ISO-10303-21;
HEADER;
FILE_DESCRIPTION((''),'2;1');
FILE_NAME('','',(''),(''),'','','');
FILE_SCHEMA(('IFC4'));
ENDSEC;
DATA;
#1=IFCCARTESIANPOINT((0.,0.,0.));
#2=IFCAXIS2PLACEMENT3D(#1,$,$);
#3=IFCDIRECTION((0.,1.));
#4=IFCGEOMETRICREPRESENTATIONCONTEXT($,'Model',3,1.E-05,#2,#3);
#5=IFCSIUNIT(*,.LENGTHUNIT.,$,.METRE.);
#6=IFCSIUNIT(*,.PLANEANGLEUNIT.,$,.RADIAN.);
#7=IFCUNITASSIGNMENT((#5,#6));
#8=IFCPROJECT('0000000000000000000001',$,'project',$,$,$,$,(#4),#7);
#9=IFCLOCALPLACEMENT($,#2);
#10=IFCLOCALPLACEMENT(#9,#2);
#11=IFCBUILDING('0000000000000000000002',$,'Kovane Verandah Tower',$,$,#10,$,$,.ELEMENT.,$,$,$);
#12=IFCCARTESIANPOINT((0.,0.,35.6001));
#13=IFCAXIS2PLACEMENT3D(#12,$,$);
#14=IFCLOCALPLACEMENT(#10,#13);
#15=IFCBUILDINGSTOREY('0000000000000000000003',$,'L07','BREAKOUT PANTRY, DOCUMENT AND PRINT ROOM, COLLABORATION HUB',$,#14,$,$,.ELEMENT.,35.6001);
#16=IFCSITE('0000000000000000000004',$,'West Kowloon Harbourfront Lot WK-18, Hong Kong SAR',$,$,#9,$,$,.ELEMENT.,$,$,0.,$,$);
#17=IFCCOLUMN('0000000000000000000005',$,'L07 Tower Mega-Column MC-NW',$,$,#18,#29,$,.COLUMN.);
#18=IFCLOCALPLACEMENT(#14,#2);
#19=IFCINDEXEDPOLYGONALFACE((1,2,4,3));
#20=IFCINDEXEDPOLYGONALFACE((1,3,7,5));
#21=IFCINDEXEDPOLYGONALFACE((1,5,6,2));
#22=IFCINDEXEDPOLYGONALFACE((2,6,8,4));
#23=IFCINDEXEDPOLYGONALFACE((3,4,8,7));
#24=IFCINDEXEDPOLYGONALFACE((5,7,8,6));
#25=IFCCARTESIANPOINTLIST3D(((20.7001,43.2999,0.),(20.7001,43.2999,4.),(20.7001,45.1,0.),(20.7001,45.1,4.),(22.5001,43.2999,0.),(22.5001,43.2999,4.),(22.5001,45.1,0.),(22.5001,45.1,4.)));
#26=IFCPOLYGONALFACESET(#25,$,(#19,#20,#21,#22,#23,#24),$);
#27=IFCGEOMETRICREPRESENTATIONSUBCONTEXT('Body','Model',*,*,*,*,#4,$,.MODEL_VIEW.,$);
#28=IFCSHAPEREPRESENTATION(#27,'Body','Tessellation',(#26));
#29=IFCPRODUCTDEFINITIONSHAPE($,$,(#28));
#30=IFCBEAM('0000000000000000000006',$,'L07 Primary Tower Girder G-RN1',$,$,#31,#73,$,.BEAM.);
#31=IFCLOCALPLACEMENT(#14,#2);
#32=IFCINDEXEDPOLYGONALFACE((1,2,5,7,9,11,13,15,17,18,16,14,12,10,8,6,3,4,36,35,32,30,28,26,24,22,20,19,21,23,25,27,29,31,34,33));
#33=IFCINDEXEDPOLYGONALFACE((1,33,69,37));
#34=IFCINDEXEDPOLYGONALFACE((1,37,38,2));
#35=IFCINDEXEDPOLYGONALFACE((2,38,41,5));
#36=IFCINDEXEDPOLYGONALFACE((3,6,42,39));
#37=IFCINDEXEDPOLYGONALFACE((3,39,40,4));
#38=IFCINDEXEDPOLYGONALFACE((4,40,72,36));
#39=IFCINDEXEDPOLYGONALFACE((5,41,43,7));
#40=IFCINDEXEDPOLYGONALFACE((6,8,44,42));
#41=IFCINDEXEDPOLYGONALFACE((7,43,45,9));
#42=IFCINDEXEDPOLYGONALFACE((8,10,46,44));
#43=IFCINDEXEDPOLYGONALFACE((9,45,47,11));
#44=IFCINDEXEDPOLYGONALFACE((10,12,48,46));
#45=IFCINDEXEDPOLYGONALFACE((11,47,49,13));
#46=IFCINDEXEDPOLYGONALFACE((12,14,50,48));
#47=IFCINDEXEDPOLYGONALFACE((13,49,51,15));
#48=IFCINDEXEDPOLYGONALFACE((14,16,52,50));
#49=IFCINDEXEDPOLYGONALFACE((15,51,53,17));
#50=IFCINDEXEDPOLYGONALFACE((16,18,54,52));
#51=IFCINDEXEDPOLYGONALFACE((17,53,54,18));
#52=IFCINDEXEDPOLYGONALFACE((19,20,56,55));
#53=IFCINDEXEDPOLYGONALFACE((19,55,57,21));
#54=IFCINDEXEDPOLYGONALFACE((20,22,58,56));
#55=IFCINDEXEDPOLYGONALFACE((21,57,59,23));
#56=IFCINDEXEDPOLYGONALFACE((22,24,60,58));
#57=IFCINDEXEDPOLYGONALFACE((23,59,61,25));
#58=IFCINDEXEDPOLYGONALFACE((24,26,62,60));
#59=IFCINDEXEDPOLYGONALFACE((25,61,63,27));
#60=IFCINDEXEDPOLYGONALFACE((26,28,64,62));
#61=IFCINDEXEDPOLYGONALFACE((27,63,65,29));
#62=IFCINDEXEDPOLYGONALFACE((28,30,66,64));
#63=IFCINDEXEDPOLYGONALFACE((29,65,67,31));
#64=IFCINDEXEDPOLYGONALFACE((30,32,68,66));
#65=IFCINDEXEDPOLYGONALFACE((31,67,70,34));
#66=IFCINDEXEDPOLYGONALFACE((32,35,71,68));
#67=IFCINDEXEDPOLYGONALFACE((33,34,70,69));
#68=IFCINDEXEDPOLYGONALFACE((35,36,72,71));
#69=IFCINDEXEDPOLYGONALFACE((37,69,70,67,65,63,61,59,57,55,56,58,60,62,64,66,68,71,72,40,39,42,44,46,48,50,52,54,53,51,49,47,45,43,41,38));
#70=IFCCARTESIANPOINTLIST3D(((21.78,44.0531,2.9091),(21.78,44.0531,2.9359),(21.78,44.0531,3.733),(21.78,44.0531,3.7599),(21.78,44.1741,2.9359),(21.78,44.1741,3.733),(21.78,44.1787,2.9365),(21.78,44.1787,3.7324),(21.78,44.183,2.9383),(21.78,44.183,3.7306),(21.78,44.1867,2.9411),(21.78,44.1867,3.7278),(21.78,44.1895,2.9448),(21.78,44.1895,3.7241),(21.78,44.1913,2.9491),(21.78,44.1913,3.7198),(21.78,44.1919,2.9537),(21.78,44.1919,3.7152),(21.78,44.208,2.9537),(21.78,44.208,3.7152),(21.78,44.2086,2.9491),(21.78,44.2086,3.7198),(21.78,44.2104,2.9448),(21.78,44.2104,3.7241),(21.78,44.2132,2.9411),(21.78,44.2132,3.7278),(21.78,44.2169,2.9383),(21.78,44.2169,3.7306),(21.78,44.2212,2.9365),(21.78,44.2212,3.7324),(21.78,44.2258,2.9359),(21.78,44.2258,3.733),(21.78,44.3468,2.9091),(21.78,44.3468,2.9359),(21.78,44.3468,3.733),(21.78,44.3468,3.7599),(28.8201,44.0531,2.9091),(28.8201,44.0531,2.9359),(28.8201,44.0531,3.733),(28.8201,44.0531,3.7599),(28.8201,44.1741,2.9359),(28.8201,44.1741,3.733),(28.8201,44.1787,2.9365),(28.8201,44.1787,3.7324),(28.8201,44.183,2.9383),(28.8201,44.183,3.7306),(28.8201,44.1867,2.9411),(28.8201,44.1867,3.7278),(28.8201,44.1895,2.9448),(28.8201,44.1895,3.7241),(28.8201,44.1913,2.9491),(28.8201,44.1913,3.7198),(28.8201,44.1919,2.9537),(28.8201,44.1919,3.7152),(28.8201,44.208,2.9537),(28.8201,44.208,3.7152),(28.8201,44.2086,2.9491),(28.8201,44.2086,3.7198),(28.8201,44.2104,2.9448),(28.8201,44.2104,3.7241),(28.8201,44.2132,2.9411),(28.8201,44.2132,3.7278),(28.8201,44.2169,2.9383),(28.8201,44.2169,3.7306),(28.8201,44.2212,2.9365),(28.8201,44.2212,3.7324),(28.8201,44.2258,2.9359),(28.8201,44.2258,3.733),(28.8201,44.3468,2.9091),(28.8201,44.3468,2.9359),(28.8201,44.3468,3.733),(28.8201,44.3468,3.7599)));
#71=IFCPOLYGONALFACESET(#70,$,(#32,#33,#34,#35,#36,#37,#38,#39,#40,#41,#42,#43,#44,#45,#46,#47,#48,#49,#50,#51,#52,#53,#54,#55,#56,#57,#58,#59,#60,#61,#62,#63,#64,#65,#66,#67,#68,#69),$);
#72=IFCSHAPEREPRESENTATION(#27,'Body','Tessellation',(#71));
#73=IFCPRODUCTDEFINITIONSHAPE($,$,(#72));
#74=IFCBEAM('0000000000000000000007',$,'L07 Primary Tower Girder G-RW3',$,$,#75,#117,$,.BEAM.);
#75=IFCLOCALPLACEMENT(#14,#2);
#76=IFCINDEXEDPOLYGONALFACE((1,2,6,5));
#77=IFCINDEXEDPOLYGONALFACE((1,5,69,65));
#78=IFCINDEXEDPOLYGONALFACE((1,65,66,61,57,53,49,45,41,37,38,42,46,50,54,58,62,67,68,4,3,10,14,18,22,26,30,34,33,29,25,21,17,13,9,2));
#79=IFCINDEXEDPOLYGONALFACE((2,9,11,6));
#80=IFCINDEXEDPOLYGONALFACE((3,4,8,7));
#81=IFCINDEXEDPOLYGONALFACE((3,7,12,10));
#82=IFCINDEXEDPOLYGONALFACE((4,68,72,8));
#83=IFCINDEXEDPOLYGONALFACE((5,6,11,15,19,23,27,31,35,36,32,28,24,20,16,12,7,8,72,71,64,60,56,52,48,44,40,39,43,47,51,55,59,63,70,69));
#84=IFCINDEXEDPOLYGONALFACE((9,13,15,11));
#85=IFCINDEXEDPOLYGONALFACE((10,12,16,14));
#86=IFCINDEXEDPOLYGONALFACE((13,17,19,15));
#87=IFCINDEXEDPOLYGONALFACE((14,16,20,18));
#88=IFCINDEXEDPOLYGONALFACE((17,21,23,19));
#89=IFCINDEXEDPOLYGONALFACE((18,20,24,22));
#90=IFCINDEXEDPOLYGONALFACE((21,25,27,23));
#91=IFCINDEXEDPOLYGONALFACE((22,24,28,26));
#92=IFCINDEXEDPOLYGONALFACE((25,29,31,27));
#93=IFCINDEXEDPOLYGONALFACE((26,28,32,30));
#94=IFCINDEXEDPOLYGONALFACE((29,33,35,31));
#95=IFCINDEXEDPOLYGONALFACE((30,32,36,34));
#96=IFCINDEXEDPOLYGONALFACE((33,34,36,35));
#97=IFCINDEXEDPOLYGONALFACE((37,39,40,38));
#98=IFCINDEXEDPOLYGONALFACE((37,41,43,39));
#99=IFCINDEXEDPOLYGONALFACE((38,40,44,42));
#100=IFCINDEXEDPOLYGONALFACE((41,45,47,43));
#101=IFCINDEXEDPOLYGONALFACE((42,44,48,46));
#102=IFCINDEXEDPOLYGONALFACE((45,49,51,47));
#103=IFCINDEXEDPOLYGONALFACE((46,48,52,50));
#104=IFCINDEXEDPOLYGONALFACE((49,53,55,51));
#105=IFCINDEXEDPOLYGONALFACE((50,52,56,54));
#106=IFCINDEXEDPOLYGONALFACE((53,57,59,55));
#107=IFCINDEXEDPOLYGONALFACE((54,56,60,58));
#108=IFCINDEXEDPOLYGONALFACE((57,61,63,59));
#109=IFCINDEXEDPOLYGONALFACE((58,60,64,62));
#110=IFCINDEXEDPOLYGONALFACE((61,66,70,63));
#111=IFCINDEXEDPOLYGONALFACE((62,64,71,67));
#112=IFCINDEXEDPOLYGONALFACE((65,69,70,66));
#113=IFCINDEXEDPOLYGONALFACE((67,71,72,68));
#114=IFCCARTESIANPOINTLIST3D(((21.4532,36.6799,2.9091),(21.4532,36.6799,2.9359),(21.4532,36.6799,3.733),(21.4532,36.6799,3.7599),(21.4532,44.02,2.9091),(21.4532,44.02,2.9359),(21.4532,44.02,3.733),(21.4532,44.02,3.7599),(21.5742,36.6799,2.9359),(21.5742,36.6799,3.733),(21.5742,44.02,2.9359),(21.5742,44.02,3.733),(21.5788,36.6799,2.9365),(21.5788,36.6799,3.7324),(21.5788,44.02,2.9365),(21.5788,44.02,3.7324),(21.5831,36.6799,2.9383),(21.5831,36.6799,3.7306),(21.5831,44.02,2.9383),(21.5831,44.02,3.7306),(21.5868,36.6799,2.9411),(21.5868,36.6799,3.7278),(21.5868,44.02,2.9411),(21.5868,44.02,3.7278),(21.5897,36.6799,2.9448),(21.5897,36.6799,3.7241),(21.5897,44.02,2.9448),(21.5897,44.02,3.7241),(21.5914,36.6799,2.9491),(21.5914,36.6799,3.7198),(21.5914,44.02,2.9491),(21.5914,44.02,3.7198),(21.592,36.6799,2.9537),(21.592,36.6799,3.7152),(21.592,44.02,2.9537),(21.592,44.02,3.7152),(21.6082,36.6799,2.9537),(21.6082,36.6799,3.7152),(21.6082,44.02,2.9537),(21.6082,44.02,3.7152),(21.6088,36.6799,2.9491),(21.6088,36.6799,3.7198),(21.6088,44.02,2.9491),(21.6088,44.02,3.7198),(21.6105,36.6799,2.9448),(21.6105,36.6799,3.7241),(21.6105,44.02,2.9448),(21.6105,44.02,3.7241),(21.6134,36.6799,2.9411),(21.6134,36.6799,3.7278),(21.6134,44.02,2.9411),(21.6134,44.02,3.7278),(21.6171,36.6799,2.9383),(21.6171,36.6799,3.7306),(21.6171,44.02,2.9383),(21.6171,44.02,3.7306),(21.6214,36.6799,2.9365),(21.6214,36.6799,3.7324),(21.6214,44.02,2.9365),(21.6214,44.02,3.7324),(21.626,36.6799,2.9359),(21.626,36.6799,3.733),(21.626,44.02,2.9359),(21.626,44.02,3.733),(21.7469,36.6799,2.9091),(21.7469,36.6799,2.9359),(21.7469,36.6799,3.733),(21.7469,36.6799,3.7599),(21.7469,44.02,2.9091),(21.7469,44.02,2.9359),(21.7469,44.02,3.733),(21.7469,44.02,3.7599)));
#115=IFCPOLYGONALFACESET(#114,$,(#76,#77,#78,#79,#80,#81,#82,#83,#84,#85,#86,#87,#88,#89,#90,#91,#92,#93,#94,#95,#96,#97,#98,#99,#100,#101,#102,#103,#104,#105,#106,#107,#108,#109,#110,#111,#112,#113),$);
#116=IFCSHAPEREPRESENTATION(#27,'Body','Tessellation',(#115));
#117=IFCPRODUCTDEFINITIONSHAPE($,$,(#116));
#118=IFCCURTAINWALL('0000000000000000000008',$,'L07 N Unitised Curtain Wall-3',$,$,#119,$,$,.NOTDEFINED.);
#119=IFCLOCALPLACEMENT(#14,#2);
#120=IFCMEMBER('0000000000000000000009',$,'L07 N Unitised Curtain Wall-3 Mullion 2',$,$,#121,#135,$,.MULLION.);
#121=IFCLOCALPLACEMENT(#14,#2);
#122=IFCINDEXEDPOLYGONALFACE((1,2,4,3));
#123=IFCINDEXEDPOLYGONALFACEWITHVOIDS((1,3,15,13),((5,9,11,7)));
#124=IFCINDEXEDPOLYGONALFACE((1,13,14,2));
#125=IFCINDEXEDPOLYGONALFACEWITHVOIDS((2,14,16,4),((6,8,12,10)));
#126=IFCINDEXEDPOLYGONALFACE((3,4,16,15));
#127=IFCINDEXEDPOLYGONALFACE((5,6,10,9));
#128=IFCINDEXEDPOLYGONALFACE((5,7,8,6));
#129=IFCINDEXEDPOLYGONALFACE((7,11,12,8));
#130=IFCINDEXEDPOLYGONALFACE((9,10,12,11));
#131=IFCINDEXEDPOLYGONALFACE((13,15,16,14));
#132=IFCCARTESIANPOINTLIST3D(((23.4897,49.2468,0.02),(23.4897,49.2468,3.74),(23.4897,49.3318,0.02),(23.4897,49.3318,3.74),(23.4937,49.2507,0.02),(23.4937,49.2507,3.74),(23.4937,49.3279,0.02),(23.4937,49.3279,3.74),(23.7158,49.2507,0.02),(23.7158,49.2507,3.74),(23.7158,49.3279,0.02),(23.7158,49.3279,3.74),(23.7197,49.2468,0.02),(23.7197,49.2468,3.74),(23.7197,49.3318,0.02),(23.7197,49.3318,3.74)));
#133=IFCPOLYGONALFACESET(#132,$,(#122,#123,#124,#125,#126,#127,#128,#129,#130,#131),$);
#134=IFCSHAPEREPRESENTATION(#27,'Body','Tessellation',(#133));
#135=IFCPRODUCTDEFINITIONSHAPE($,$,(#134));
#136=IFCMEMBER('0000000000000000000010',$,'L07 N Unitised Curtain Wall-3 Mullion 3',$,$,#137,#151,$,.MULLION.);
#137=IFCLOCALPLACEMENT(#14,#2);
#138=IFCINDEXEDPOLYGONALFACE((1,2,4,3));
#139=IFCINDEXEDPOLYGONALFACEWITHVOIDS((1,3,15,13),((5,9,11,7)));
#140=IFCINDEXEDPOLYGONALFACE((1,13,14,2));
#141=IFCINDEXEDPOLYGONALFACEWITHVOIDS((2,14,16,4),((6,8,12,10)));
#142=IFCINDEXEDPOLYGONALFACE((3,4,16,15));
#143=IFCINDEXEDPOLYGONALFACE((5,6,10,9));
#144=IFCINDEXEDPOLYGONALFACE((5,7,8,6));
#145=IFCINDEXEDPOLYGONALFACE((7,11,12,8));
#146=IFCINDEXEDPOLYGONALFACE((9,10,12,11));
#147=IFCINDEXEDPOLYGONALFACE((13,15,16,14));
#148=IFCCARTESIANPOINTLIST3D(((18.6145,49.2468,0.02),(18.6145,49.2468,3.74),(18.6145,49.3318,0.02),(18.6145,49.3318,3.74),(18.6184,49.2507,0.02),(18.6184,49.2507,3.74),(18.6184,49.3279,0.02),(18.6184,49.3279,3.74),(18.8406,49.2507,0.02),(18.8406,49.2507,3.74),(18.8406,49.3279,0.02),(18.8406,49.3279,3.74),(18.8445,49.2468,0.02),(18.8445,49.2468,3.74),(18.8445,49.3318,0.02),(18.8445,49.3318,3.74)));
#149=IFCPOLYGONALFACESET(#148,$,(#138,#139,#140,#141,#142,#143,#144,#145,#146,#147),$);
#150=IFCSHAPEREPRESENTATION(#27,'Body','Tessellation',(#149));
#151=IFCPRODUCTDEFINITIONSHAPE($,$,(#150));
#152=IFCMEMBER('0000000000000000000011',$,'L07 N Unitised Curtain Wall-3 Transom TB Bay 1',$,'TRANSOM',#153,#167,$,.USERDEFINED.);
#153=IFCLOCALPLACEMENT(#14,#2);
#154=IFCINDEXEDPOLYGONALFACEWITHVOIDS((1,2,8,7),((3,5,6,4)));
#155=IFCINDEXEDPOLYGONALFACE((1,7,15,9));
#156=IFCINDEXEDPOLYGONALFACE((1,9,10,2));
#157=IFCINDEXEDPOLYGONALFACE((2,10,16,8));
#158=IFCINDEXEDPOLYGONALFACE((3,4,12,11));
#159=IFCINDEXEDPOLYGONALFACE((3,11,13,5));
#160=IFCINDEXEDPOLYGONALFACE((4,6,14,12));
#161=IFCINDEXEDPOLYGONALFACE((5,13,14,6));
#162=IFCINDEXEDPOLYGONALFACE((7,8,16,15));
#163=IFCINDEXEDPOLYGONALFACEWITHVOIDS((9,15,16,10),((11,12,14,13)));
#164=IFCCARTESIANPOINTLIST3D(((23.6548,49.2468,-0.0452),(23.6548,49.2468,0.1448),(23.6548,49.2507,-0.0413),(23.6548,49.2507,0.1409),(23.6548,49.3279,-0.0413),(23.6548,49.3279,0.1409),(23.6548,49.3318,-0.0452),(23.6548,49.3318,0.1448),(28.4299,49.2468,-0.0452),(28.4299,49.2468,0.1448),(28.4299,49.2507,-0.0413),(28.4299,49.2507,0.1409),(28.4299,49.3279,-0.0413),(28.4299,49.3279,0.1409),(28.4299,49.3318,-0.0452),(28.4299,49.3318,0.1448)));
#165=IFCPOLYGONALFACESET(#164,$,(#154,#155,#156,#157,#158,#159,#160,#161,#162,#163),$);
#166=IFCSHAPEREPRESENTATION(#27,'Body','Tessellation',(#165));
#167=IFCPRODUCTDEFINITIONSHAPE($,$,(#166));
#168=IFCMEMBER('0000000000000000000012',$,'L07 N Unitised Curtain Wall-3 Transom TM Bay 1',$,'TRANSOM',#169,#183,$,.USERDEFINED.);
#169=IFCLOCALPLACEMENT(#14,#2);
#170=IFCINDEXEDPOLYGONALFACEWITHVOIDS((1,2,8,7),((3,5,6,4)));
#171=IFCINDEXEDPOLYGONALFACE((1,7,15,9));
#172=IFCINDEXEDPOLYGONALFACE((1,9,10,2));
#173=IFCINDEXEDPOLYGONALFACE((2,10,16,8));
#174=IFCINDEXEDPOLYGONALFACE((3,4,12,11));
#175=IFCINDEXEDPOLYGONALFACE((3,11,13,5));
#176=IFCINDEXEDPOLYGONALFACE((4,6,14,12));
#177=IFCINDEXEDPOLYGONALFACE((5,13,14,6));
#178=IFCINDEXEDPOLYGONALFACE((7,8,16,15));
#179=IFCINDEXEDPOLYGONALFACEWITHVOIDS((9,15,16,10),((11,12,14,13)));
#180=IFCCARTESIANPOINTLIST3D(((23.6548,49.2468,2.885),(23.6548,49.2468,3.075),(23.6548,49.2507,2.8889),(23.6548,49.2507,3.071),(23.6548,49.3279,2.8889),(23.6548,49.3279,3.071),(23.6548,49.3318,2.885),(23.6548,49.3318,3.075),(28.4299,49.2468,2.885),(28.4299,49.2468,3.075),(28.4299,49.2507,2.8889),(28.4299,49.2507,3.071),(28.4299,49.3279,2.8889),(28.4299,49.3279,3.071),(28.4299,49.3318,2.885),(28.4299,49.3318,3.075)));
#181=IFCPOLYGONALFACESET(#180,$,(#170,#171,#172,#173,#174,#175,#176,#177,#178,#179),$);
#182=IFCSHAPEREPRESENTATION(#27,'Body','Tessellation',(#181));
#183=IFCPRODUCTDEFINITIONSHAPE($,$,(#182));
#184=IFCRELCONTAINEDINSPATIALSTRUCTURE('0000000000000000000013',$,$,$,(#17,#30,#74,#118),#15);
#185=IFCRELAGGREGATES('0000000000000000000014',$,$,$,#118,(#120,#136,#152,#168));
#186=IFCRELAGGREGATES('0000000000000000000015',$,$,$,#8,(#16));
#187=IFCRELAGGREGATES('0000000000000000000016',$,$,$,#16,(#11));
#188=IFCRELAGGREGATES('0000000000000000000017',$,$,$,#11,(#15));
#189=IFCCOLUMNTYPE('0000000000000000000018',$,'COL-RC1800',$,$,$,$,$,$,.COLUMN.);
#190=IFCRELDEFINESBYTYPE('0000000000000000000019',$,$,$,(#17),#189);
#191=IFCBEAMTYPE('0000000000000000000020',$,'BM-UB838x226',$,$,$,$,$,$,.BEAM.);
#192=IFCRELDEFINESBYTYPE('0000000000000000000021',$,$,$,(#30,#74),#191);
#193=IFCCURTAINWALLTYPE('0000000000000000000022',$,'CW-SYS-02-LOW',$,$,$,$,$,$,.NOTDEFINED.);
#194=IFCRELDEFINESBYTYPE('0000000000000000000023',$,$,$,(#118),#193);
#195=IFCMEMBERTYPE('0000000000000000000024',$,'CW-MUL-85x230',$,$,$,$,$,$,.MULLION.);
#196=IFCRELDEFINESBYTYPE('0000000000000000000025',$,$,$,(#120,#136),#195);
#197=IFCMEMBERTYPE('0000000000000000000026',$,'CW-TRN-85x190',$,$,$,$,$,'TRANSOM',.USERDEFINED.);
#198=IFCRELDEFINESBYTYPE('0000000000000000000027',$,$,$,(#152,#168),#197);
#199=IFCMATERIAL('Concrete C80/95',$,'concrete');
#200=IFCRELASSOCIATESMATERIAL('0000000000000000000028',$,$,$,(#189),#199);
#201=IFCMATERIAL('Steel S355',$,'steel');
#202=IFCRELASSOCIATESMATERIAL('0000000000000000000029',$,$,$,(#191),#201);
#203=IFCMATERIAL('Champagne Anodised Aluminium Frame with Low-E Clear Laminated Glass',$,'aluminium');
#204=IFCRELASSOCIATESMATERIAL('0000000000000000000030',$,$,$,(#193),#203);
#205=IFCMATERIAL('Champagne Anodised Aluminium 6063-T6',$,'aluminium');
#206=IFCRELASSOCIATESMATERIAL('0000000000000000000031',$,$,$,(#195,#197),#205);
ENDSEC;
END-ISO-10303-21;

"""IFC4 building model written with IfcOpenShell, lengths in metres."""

from ifc_helpers import new_model, si_unit, direction, frame, origin, origin_2d, place, context, subcontext, project, spatial, rectangle, hollow_rectangle, i_section, extrude, material, material_profile, profile_set, type_object, element, aggregate, save


model = new_model("IFC4")

# Units and contexts
model_context = context("Model", 3, precision=1e-05, world=origin(), true_north=direction((0.0, 1.0)))
body_context = subcontext(model_context, "Body", "Model", "MODEL_VIEW")
ifc_project = project(units=[si_unit("LENGTHUNIT", "METRE"), si_unit("PLANEANGLEUNIT", "RADIAN")], contexts=[model_context])

# Site, building, storey
site_placement = place(None, origin())
site = spatial("IfcSite", under=ifc_project, at=site_placement, Name="West Kowloon Harbourfront Lot WK-18, Hong Kong SAR", CompositionType="ELEMENT", RefElevation=0.0)
building_placement = place(site_placement, origin())
building = spatial("IfcBuilding", under=site, at=building_placement, Name="Kovane Verandah Tower", CompositionType="ELEMENT")
storey_placement = place(building_placement, frame((0.0, 0.0, 35.6001)))
storey = spatial("IfcBuildingStorey", under=building, at=storey_placement, Name="L07", Description="BREAKOUT PANTRY, DOCUMENT AND PRINT ROOM, COLLABORATION HUB", CompositionType="ELEMENT", Elevation=35.6001)

# Column
ifc_material_1 = material(Name="Concrete C80/95", Category="concrete")
ifc_material_profile_1 = material_profile(ifc_material_1, rectangle(XDim=1.8, YDim=1.8, at=origin_2d()), Name="RC1800x1800")
ifc_profile_set_1 = profile_set([ifc_material_profile_1], Name="Concrete C80/95")
column_type = type_object("IfcColumnType", Name="COL-RC1800", PredefinedType="COLUMN", material=ifc_profile_set_1)
column_placement = place(storey_placement, frame((21.6001, 44.2, 0.0), z_axis=(0.0, 0.0, 1.0), x_axis=(1.0, 0.0, 0.0)))
element("IfcColumn", 1, at=column_placement, inside=storey, type_object=column_type, Name="L07 Tower Mega-Column MC-NW", PredefinedType="COLUMN", context=body_context, shape_type="SweptSolid", body=[
    extrude(rectangle(XDim=1.8, YDim=1.8, at=origin_2d()), origin(), (0.0, 0.0, 1.0), 4.0),
])

# Beams
ifc_material_2 = material(Name="Steel S355", Category="steel")
ifc_material_profile_2 = material_profile(ifc_material_2, i_section(OverallWidth=0.2937, OverallDepth=0.8508, WebThickness=0.0161, FlangeThickness=0.0269, FilletRadius=0.0178, at=origin_2d()), Name="UB838x292x226")
ifc_profile_set_2 = profile_set([ifc_material_profile_2], Name="Steel S355")
beam_type_1 = type_object("IfcBeamType", Name="BM-UB838x226", PredefinedType="BEAM", material=ifc_profile_set_2)
beam_1_placement = place(storey_placement, frame((21.78, 44.2, 3.3345), z_axis=(1.0, 0.0, 0.0), x_axis=(0.0, 1.0, 0.0)))
element("IfcBeam", 2, at=beam_1_placement, inside=storey, type_object=beam_type_1, Name="L07 Primary Tower Girder G-RN1", PredefinedType="BEAM", context=body_context, shape_type="SweptSolid", body=[
    extrude(i_section(OverallWidth=0.2937, OverallDepth=0.8508, WebThickness=0.0161, FlangeThickness=0.0269, FilletRadius=0.0178, at=origin_2d()), origin(), (0.0, 0.0, 1.0), 7.04),
])
beam_2_placement = place(storey_placement, frame((21.6001, 36.6799, 3.3345), z_axis=(0.0, 1.0, 0.0), x_axis=(-1.0, 0.0, 0.0)))
element("IfcBeam", 3, at=beam_2_placement, inside=storey, type_object=beam_type_1, Name="L07 Primary Tower Girder G-RW3", PredefinedType="BEAM", context=body_context, shape_type="SweptSolid", body=[
    extrude(i_section(OverallWidth=0.2937, OverallDepth=0.8508, WebThickness=0.0161, FlangeThickness=0.0269, FilletRadius=0.0178, at=origin_2d()), origin(), (0.0, 0.0, 1.0), 7.3401),
])

# Curtain wall, members
ifc_material_3 = material(Name="Champagne Anodised Aluminium Frame with Low-E Clear Laminated Glass", Category="aluminium")
curtain_wall_type = type_object("IfcCurtainWallType", Name="CW-SYS-02-LOW", PredefinedType="NOTDEFINED", material=ifc_material_3)
curtain_wall_placement = place(storey_placement, origin())
curtain_wall = element("IfcCurtainWall", 4, at=curtain_wall_placement, inside=storey, type_object=curtain_wall_type, Name="L07 N Unitised Curtain Wall-3", PredefinedType="NOTDEFINED")
ifc_material_4 = material(Name="Champagne Anodised Aluminium 6063-T6", Category="aluminium")
ifc_material_profile_3 = material_profile(ifc_material_4, hollow_rectangle(XDim=0.085, YDim=0.23, WallThickness=0.0039, at=origin_2d()), Name="AL85x230x4")
ifc_profile_set_3 = profile_set([ifc_material_profile_3], Name="Champagne Anodised Aluminium 6063-T6")
member_type_1 = type_object("IfcMemberType", Name="CW-MUL-85x230", PredefinedType="MULLION", material=ifc_profile_set_3)
member_1_placement = place(storey_placement, frame((23.6047, 49.2893, 0.02), z_axis=(0.0, 0.0, 1.0), x_axis=(0.0, 1.0, 0.0)))
member_1 = element("IfcMember", 5, at=member_1_placement, type_object=member_type_1, Name="L07 N Unitised Curtain Wall-3 Mullion 2", PredefinedType="MULLION", context=body_context, shape_type="SweptSolid", body=[
    extrude(hollow_rectangle(XDim=0.085, YDim=0.23, WallThickness=0.0039, at=origin_2d()), origin(), (0.0, 0.0, 1.0), 3.72),
])
member_2_placement = place(storey_placement, frame((18.7295, 49.2893, 0.02), z_axis=(0.0, 0.0, 1.0), x_axis=(0.0, 1.0, 0.0)))
member_2 = element("IfcMember", 6, at=member_2_placement, type_object=member_type_1, Name="L07 N Unitised Curtain Wall-3 Mullion 3", PredefinedType="MULLION", context=body_context, shape_type="SweptSolid", body=[
    extrude(hollow_rectangle(XDim=0.085, YDim=0.23, WallThickness=0.0039, at=origin_2d()), origin(), (0.0, 0.0, 1.0), 3.72),
])
ifc_material_profile_4 = material_profile(ifc_material_4, hollow_rectangle(XDim=0.085, YDim=0.1899, WallThickness=0.0039, at=origin_2d()), Name="AL85x190x4")
ifc_profile_set_4 = profile_set([ifc_material_profile_4], Name="Champagne Anodised Aluminium 6063-T6")
member_type_2 = type_object("IfcMemberType", Name="CW-TRN-85x190", ElementType="TRANSOM", PredefinedType="USERDEFINED", material=ifc_profile_set_4)
member_3_placement = place(storey_placement, frame((28.4299, 49.2893, 0.0498), z_axis=(-1.0, 0.0, 0.0), x_axis=(0.0, -1.0, 0.0)))
member_3 = element("IfcMember", 7, at=member_3_placement, type_object=member_type_2, Name="L07 N Unitised Curtain Wall-3 Transom TB Bay 1", ObjectType="TRANSOM", PredefinedType="USERDEFINED", context=body_context, shape_type="SweptSolid", body=[
    extrude(hollow_rectangle(XDim=0.085, YDim=0.1899, WallThickness=0.0039, at=origin_2d()), origin(), (0.0, 0.0, 1.0), 4.7751),
])
member_4_placement = place(storey_placement, frame((28.4299, 49.2893, 2.98), z_axis=(-1.0, 0.0, 0.0), x_axis=(0.0, -1.0, 0.0)))
member_4 = element("IfcMember", 8, at=member_4_placement, type_object=member_type_2, Name="L07 N Unitised Curtain Wall-3 Transom TM Bay 1", ObjectType="TRANSOM", PredefinedType="USERDEFINED", context=body_context, shape_type="SweptSolid", body=[
    extrude(hollow_rectangle(XDim=0.085, YDim=0.1899, WallThickness=0.0039, at=origin_2d()), origin(), (0.0, 0.0, 1.0), 4.7751),
])

aggregate(curtain_wall, [member_1, member_2, member_3, member_4])

save(model, "model.ifc")
